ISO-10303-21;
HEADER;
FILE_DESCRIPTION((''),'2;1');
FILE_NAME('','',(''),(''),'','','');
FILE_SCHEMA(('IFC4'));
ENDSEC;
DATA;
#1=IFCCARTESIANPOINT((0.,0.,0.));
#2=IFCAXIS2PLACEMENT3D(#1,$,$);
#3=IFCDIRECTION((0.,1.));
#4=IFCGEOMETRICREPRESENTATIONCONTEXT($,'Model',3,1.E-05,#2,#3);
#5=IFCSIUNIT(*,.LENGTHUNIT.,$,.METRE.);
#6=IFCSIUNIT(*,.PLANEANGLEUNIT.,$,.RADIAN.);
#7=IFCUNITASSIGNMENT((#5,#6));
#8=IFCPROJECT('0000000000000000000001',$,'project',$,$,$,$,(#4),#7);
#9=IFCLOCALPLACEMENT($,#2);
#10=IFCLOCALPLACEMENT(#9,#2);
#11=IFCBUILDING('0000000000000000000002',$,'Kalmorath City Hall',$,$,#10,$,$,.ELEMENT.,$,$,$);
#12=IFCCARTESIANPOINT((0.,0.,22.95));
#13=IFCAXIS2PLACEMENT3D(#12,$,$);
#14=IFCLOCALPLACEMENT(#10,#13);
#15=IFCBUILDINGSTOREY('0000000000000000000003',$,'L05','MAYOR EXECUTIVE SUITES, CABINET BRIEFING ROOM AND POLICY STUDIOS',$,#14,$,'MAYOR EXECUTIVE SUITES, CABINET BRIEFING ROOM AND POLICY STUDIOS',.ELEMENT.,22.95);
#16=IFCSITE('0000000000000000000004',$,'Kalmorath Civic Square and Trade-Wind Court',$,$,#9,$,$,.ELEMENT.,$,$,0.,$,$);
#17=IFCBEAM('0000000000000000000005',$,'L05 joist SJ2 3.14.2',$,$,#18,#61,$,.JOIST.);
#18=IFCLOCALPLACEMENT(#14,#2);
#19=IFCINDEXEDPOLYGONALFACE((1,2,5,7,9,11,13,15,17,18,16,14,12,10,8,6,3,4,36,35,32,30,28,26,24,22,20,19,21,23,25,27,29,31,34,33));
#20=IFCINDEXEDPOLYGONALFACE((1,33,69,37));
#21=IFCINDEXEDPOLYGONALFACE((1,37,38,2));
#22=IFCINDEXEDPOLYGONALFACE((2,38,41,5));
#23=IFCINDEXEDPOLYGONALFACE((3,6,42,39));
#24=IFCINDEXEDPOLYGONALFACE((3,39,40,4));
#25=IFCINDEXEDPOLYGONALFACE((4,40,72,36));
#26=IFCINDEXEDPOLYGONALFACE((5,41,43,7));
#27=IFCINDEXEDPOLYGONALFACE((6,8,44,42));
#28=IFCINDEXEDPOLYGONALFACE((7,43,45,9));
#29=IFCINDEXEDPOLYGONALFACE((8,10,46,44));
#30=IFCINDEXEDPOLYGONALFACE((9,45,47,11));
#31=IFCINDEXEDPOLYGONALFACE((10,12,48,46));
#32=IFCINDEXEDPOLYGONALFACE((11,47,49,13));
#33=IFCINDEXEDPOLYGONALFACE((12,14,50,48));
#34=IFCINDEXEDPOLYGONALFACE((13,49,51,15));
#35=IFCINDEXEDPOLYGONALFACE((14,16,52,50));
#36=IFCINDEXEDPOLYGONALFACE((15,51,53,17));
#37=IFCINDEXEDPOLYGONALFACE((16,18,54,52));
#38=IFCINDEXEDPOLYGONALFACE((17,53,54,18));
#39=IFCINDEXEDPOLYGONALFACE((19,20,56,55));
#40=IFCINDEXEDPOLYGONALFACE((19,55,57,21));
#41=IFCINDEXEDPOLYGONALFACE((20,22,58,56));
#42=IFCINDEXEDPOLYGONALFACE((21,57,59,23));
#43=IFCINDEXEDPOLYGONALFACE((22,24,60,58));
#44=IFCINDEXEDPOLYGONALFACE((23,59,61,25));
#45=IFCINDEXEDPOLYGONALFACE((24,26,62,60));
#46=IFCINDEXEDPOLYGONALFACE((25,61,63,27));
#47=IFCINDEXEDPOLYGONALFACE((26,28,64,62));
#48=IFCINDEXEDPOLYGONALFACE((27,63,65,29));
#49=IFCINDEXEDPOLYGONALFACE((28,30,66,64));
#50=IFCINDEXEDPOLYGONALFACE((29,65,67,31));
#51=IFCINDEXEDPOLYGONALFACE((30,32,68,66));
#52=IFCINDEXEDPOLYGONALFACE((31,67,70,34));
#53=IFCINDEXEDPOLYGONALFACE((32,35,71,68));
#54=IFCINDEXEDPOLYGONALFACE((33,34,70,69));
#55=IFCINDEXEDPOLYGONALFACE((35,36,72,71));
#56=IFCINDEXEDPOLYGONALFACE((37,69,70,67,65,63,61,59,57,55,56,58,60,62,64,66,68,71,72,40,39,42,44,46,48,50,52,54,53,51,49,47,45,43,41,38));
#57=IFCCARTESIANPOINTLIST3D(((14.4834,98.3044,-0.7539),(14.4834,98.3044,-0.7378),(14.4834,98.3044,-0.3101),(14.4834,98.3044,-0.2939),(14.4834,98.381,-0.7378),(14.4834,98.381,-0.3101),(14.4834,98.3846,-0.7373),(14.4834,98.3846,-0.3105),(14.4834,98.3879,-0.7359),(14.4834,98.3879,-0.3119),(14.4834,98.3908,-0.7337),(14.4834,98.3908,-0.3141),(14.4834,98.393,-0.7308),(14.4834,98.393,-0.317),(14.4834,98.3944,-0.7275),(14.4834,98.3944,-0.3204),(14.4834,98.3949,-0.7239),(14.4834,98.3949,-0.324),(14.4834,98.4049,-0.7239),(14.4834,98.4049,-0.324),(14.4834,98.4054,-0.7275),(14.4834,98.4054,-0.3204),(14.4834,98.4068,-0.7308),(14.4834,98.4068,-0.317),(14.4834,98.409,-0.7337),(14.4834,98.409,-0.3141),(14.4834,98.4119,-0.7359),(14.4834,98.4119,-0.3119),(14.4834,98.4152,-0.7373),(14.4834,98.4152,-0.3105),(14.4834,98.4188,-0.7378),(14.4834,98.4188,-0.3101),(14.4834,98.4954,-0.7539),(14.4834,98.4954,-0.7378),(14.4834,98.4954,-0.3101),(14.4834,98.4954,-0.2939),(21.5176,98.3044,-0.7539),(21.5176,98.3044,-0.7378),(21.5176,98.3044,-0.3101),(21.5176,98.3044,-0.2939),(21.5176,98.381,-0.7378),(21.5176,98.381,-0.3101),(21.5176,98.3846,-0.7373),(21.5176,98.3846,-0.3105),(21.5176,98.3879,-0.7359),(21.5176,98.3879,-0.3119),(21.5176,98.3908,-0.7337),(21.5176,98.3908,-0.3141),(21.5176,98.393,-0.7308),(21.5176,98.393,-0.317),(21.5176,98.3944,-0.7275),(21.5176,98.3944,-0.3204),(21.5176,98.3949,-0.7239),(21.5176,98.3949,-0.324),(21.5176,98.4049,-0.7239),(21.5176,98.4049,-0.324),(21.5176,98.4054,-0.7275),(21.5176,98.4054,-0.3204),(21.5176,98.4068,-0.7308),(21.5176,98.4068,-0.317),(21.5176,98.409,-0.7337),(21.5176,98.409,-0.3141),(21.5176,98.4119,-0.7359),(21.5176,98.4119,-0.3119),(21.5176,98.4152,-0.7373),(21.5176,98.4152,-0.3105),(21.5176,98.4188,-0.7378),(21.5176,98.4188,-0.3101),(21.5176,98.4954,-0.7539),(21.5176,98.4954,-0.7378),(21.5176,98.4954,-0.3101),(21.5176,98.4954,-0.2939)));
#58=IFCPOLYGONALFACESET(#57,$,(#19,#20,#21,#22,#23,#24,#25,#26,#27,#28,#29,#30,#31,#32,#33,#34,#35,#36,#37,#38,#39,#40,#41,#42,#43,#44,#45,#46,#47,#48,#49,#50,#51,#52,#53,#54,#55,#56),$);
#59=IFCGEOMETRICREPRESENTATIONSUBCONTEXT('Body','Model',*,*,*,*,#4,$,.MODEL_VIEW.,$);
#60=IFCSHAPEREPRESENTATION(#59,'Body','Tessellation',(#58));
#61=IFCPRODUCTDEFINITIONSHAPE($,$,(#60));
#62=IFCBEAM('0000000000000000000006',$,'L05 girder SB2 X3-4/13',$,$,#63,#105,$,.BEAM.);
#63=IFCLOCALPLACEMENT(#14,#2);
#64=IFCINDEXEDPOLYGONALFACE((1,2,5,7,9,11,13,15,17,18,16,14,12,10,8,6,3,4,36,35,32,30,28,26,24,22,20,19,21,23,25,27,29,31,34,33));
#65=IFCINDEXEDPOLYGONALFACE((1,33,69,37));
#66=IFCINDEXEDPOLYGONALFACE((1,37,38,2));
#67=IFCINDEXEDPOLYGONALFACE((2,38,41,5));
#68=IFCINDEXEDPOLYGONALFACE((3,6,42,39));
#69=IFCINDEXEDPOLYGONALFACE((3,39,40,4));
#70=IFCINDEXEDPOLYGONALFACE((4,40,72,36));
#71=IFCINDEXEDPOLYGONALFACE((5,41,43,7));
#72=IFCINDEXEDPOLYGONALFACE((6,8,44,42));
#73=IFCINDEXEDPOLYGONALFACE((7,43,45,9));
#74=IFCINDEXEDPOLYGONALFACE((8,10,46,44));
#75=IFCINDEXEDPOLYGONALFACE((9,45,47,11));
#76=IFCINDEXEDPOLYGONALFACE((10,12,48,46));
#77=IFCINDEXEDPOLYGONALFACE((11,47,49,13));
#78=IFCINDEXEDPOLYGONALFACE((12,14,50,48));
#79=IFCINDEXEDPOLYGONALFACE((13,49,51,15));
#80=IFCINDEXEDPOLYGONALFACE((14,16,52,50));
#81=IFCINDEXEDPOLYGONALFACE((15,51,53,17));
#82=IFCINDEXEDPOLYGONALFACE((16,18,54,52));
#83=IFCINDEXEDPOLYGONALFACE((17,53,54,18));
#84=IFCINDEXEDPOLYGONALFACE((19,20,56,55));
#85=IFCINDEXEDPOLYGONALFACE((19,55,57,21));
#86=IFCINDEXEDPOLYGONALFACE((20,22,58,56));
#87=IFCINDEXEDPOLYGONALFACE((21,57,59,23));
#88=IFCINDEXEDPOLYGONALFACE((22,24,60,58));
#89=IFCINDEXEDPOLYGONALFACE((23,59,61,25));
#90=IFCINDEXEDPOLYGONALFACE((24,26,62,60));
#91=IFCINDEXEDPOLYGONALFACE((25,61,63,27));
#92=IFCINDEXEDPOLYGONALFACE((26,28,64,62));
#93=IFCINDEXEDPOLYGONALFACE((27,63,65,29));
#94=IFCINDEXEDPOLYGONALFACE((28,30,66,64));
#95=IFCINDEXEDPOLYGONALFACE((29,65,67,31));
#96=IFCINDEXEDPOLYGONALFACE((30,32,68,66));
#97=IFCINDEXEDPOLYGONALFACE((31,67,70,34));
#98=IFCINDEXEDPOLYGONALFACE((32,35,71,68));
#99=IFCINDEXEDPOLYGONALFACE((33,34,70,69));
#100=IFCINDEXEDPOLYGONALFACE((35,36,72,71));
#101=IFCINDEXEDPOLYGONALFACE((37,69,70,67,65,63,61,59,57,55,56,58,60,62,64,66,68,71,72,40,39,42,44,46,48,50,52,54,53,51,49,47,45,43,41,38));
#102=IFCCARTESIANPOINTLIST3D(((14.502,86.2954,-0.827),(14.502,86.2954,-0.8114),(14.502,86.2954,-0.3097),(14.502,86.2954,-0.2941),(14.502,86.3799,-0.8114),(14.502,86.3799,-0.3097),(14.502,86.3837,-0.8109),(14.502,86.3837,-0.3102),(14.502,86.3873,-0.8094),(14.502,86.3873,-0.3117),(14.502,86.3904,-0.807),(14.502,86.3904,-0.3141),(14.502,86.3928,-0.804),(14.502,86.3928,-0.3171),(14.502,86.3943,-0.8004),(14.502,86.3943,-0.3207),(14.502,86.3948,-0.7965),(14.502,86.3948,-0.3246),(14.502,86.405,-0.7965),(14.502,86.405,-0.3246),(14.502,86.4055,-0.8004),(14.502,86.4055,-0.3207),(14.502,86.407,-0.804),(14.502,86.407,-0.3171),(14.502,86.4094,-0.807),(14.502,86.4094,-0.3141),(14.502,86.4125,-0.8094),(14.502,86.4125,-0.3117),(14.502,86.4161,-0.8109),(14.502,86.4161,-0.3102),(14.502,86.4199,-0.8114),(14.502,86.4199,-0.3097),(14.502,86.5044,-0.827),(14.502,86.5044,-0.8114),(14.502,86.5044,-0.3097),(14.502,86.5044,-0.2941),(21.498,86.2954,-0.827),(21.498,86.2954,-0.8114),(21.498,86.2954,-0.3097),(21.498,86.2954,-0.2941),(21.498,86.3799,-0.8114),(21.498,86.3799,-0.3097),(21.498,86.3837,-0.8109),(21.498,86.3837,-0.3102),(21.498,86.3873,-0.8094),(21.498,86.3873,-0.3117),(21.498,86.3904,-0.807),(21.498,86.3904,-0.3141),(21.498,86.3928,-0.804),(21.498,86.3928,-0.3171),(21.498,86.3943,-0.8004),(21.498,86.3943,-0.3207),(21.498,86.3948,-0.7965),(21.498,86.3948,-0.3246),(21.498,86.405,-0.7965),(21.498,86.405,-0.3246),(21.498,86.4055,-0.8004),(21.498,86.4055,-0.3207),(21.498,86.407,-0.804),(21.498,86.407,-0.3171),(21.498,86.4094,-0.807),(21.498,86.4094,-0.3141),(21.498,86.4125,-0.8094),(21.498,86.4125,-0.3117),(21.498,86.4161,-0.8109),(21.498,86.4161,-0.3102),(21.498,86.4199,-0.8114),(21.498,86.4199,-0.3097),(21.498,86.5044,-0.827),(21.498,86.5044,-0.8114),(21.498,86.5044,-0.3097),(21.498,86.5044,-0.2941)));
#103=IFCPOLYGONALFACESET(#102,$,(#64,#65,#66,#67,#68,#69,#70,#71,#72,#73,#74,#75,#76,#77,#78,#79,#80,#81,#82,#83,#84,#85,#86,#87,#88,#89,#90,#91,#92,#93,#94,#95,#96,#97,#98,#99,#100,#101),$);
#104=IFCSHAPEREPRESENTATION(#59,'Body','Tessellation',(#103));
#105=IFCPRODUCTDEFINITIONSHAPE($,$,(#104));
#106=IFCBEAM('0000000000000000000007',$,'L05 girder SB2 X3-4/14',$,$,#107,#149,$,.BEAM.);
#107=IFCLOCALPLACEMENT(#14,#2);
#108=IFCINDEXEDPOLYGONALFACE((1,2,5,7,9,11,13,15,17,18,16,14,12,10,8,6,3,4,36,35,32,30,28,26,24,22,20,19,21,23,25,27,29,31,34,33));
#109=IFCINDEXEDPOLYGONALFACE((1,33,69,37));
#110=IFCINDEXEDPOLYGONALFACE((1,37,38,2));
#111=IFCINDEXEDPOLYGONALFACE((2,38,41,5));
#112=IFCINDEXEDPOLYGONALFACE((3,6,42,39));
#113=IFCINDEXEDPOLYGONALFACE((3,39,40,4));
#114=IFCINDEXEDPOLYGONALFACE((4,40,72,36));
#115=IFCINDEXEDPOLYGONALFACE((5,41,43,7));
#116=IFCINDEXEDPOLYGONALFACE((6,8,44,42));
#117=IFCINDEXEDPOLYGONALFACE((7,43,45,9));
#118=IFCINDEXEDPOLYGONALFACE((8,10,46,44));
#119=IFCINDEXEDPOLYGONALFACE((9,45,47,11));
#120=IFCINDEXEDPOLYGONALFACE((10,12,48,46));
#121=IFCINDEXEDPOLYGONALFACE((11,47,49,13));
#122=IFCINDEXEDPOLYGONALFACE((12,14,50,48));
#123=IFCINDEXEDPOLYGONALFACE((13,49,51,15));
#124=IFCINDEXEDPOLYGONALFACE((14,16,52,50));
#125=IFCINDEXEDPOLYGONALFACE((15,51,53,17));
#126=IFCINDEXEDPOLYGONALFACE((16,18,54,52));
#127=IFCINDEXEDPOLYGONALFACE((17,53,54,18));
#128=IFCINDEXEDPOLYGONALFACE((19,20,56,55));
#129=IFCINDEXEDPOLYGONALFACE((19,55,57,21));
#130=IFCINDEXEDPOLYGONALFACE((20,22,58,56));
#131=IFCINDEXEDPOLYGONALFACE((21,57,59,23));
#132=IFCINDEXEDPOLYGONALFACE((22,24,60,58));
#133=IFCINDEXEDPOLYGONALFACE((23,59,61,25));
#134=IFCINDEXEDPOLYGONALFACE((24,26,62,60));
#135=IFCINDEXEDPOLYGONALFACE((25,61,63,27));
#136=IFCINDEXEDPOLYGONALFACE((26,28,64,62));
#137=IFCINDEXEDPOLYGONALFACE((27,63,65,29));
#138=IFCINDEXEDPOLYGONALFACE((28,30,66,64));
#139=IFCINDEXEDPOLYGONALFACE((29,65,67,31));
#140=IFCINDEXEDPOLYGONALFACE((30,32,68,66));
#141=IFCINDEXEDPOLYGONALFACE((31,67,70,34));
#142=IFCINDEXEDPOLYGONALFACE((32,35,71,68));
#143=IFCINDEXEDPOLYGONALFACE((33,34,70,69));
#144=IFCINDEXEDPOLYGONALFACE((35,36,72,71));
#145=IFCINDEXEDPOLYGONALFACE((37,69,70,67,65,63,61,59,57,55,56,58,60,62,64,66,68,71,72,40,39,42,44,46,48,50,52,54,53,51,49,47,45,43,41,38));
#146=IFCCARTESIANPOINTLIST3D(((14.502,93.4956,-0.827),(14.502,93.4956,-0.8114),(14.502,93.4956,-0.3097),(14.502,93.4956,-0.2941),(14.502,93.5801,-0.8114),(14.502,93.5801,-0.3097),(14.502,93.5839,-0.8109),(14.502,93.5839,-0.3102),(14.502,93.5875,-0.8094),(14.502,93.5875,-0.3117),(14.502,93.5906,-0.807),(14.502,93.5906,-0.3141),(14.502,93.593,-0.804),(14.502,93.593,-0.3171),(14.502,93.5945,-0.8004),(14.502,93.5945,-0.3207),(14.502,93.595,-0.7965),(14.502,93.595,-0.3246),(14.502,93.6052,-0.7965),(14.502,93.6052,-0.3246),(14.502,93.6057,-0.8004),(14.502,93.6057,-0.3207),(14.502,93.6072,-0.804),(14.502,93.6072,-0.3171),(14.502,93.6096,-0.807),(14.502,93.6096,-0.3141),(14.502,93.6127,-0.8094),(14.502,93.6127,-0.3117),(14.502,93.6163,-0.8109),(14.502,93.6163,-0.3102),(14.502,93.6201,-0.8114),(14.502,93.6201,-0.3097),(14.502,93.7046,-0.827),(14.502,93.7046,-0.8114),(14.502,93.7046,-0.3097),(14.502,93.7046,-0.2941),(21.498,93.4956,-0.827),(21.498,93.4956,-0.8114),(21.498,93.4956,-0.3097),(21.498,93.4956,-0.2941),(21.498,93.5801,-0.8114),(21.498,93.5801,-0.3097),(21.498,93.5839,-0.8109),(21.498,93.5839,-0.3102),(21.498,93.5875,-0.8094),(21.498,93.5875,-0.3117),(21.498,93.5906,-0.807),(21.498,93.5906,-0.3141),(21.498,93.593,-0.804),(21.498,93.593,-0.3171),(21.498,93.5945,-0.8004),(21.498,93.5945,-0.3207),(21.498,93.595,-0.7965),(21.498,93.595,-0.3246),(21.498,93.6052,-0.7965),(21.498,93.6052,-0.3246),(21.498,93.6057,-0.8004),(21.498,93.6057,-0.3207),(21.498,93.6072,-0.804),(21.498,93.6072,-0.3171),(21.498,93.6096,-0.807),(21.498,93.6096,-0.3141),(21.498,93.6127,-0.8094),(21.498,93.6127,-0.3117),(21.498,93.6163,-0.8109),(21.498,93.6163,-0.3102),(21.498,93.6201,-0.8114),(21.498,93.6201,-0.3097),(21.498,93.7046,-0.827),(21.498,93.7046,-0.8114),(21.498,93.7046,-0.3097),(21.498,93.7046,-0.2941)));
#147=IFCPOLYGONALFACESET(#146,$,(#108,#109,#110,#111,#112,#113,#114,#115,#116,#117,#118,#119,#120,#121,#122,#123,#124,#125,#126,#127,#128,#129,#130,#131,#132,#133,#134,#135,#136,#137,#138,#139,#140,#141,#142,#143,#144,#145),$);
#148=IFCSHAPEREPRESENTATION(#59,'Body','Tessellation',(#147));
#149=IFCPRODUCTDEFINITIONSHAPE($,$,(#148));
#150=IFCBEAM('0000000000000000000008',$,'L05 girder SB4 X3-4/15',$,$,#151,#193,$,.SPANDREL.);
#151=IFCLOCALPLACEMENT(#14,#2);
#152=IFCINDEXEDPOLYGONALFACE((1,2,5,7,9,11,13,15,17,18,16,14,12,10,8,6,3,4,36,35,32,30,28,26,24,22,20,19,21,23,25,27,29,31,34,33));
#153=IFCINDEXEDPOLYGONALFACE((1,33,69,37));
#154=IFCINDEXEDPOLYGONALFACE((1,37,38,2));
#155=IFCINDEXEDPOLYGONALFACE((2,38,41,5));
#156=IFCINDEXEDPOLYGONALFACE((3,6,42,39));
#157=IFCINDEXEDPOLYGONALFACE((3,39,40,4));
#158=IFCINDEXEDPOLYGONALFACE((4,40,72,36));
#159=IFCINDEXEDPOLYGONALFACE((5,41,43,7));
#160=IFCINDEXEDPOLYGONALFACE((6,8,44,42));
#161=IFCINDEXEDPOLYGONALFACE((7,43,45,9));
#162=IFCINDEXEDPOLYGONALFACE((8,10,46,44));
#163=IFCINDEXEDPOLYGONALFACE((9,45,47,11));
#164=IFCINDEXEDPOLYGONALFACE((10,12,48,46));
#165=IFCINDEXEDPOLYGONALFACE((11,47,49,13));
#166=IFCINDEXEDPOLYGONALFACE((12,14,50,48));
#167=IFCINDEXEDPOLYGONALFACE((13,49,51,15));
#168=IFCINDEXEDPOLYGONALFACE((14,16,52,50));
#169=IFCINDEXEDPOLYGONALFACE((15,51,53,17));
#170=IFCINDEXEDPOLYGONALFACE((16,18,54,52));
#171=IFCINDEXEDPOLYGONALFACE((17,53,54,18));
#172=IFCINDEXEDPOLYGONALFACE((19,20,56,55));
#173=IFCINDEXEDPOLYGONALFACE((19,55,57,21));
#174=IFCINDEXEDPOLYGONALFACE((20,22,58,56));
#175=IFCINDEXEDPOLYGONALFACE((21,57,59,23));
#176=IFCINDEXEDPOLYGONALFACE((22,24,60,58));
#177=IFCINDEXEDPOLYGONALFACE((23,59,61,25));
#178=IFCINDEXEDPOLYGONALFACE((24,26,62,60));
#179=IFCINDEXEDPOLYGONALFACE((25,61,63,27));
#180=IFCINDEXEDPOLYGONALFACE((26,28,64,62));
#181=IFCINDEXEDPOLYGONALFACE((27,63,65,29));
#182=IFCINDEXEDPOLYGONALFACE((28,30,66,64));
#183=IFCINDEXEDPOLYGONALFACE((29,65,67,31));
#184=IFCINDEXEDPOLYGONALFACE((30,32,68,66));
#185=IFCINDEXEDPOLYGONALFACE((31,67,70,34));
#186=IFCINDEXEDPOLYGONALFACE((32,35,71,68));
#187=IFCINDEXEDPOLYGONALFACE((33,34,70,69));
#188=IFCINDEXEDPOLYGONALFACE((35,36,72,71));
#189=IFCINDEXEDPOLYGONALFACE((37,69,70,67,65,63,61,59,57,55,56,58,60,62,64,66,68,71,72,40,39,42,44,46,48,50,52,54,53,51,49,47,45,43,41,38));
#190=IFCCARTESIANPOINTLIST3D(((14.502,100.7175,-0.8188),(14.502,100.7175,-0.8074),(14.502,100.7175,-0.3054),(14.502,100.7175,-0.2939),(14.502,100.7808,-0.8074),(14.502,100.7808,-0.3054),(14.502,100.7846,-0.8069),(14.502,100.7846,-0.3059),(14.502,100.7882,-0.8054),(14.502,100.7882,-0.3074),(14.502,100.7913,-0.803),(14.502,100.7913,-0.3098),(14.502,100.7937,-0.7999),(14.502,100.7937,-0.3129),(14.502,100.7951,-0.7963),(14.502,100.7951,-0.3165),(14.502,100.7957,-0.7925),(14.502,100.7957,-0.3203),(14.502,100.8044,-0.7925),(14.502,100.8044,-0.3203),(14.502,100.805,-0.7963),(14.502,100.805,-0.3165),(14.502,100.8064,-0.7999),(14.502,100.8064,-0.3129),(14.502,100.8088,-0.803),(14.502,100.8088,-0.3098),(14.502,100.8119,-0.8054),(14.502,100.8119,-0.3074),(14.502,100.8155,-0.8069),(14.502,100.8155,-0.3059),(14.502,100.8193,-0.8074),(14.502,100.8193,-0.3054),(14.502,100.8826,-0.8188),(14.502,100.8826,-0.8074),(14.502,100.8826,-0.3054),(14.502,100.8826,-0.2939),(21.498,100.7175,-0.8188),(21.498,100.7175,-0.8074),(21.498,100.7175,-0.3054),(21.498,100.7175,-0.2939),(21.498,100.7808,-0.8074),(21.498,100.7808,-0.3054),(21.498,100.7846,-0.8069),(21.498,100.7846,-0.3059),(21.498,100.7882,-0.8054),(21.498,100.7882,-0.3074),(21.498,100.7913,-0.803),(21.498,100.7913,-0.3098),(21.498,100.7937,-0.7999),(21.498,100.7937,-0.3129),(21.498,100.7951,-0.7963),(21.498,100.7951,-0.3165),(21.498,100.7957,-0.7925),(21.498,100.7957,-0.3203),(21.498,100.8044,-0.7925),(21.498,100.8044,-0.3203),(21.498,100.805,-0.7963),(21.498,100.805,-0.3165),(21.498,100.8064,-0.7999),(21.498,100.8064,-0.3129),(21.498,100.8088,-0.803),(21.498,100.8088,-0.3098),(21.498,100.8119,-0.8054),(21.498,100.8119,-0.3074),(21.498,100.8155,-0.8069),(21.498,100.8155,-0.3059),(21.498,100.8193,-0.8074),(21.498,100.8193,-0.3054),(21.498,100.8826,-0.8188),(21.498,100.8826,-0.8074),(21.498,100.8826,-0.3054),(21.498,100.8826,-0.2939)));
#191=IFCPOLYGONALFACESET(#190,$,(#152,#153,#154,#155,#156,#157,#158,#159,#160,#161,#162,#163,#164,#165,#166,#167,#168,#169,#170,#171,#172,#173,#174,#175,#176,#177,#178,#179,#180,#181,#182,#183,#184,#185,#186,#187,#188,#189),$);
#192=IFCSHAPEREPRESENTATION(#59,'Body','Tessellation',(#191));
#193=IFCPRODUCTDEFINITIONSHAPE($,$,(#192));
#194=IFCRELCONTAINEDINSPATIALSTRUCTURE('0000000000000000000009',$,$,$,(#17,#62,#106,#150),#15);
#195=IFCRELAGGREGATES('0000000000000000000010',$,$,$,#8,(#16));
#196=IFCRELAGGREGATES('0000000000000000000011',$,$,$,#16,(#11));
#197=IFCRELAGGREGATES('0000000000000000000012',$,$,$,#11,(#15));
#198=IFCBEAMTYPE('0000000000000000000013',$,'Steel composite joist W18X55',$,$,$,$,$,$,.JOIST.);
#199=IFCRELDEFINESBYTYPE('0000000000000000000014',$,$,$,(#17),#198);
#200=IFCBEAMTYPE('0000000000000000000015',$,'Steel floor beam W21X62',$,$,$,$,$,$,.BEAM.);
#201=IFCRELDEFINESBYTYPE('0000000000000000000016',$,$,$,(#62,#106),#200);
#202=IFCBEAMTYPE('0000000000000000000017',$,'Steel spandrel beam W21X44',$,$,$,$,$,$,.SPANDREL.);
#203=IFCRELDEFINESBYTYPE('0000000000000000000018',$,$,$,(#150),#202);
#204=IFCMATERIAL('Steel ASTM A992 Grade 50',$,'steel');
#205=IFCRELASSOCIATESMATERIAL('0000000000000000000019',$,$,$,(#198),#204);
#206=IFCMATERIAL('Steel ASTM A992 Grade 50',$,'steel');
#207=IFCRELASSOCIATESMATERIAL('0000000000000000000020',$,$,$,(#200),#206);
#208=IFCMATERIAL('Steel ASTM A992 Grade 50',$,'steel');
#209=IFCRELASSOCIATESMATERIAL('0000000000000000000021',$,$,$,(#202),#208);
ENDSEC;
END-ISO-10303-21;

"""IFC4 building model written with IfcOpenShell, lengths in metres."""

from ifc_helpers import new_model, si_unit, direction, frame, origin, origin_2d, place, context, subcontext, project, spatial, i_section, extrude, material, material_profile, profile_set, type_object, element, save


model = new_model("IFC4")

# Units and contexts
model_context = context("Model", 3, precision=1e-05, world=origin(), true_north=direction((0.0, 1.0)))
body_context = subcontext(model_context, "Body", "Model", "MODEL_VIEW")
ifc_project = project(units=[si_unit("LENGTHUNIT", "METRE"), si_unit("PLANEANGLEUNIT", "RADIAN")], contexts=[model_context])

# Site, building, storey
site_placement = place(None, origin())
site = spatial("IfcSite", under=ifc_project, at=site_placement, Name="Kalmorath Civic Square and Trade-Wind Court", CompositionType="ELEMENT", RefElevation=0.0)
building_placement = place(site_placement, origin())
building = spatial("IfcBuilding", under=site, at=building_placement, Name="Kalmorath City Hall", CompositionType="ELEMENT")
storey_placement = place(building_placement, frame((0.0, 0.0, 22.95)))
storey = spatial("IfcBuildingStorey", under=building, at=storey_placement, Name="L05", Description="MAYOR EXECUTIVE SUITES, CABINET BRIEFING ROOM AND POLICY STUDIOS", LongName="MAYOR EXECUTIVE SUITES, CABINET BRIEFING ROOM AND POLICY STUDIOS", CompositionType="ELEMENT", Elevation=22.95)

# Beams
ifc_material_1 = material(Name="Steel ASTM A992 Grade 50", Category="steel")
ifc_material_profile_1 = material_profile(ifc_material_1, i_section(OverallWidth=0.1909, OverallDepth=0.46, WebThickness=0.01, FlangeThickness=0.0161, FilletRadius=0.0139, at=origin_2d()), Name="W18X55")
ifc_profile_set_1 = profile_set([ifc_material_profile_1], Name="Steel ASTM A992 Grade 50")
beam_type_1 = type_object("IfcBeamType", Name="Steel composite joist W18X55", PredefinedType="JOIST", material=ifc_profile_set_1)
for number, where, z_axis, x_axis, name in (
    (1, (14.4834, 98.3999, -0.5239), (1.0, 0.0, 0.0), (0.0, 1.0, 0.0), "L05 joist SJ2 3.14.2"),
):
    element("IfcBeam", number, at=place(storey_placement, frame(where, z_axis=z_axis, x_axis=x_axis)), inside=storey, type_object=beam_type_1, Name=name, PredefinedType="JOIST", context=body_context, shape_type="SweptSolid", body=[
        extrude(i_section(OverallWidth=0.1909, OverallDepth=0.46, WebThickness=0.01, FlangeThickness=0.0161, FilletRadius=0.0139, at=origin_2d()), origin(), (0.0, 0.0, 1.0), 7.0342),
    ])
ifc_material_2 = material(Name="Steel ASTM A992 Grade 50", Category="steel")
ifc_material_profile_2 = material_profile(ifc_material_2, i_section(OverallWidth=0.209, OverallDepth=0.533, WebThickness=0.0103, FlangeThickness=0.0156, FilletRadius=0.0149, at=origin_2d()), Name="W21X62")
ifc_profile_set_2 = profile_set([ifc_material_profile_2], Name="Steel ASTM A992 Grade 50")
beam_type_2 = type_object("IfcBeamType", Name="Steel floor beam W21X62", PredefinedType="BEAM", material=ifc_profile_set_2)
for number, where, z_axis, x_axis, name in (
    (2, (14.502, 86.3999, -0.5605), (1.0, 0.0, 0.0), (0.0, 1.0, 0.0), "L05 girder SB2 X3-4/13"),
    (3, (14.502, 93.6001, -0.5605), (1.0, 0.0, 0.0), (0.0, 1.0, 0.0), "L05 girder SB2 X3-4/14"),
):
    element("IfcBeam", number, at=place(storey_placement, frame(where, z_axis=z_axis, x_axis=x_axis)), inside=storey, type_object=beam_type_2, Name=name, PredefinedType="BEAM", context=body_context, shape_type="SweptSolid", body=[
        extrude(i_section(OverallWidth=0.209, OverallDepth=0.533, WebThickness=0.0103, FlangeThickness=0.0156, FilletRadius=0.0149, at=origin_2d()), origin(), (0.0, 0.0, 1.0), 6.9961),
    ])
ifc_material_3 = material(Name="Steel ASTM A992 Grade 50", Category="steel")
ifc_material_profile_3 = material_profile(ifc_material_3, i_section(OverallWidth=0.165, OverallDepth=0.5249, WebThickness=0.0088, FlangeThickness=0.0115, FilletRadius=0.0149, at=origin_2d()), Name="W21X44")
ifc_profile_set_3 = profile_set([ifc_material_profile_3], Name="Steel ASTM A992 Grade 50")
beam_type_3 = type_object("IfcBeamType", Name="Steel spandrel beam W21X44", PredefinedType="SPANDREL", material=ifc_profile_set_3)
beam_placement = place(storey_placement, frame((14.502, 100.8, -0.5564), z_axis=(1.0, 0.0, 0.0), x_axis=(0.0, 1.0, 0.0)))
element("IfcBeam", 4, at=beam_placement, inside=storey, type_object=beam_type_3, Name="L05 girder SB4 X3-4/15", PredefinedType="SPANDREL", context=body_context, shape_type="SweptSolid", body=[
    extrude(i_section(OverallWidth=0.165, OverallDepth=0.5249, WebThickness=0.0088, FlangeThickness=0.0115, FilletRadius=0.0149, at=origin_2d()), origin(), (0.0, 0.0, 1.0), 6.9961),
])

save(model, "model.ifc")
